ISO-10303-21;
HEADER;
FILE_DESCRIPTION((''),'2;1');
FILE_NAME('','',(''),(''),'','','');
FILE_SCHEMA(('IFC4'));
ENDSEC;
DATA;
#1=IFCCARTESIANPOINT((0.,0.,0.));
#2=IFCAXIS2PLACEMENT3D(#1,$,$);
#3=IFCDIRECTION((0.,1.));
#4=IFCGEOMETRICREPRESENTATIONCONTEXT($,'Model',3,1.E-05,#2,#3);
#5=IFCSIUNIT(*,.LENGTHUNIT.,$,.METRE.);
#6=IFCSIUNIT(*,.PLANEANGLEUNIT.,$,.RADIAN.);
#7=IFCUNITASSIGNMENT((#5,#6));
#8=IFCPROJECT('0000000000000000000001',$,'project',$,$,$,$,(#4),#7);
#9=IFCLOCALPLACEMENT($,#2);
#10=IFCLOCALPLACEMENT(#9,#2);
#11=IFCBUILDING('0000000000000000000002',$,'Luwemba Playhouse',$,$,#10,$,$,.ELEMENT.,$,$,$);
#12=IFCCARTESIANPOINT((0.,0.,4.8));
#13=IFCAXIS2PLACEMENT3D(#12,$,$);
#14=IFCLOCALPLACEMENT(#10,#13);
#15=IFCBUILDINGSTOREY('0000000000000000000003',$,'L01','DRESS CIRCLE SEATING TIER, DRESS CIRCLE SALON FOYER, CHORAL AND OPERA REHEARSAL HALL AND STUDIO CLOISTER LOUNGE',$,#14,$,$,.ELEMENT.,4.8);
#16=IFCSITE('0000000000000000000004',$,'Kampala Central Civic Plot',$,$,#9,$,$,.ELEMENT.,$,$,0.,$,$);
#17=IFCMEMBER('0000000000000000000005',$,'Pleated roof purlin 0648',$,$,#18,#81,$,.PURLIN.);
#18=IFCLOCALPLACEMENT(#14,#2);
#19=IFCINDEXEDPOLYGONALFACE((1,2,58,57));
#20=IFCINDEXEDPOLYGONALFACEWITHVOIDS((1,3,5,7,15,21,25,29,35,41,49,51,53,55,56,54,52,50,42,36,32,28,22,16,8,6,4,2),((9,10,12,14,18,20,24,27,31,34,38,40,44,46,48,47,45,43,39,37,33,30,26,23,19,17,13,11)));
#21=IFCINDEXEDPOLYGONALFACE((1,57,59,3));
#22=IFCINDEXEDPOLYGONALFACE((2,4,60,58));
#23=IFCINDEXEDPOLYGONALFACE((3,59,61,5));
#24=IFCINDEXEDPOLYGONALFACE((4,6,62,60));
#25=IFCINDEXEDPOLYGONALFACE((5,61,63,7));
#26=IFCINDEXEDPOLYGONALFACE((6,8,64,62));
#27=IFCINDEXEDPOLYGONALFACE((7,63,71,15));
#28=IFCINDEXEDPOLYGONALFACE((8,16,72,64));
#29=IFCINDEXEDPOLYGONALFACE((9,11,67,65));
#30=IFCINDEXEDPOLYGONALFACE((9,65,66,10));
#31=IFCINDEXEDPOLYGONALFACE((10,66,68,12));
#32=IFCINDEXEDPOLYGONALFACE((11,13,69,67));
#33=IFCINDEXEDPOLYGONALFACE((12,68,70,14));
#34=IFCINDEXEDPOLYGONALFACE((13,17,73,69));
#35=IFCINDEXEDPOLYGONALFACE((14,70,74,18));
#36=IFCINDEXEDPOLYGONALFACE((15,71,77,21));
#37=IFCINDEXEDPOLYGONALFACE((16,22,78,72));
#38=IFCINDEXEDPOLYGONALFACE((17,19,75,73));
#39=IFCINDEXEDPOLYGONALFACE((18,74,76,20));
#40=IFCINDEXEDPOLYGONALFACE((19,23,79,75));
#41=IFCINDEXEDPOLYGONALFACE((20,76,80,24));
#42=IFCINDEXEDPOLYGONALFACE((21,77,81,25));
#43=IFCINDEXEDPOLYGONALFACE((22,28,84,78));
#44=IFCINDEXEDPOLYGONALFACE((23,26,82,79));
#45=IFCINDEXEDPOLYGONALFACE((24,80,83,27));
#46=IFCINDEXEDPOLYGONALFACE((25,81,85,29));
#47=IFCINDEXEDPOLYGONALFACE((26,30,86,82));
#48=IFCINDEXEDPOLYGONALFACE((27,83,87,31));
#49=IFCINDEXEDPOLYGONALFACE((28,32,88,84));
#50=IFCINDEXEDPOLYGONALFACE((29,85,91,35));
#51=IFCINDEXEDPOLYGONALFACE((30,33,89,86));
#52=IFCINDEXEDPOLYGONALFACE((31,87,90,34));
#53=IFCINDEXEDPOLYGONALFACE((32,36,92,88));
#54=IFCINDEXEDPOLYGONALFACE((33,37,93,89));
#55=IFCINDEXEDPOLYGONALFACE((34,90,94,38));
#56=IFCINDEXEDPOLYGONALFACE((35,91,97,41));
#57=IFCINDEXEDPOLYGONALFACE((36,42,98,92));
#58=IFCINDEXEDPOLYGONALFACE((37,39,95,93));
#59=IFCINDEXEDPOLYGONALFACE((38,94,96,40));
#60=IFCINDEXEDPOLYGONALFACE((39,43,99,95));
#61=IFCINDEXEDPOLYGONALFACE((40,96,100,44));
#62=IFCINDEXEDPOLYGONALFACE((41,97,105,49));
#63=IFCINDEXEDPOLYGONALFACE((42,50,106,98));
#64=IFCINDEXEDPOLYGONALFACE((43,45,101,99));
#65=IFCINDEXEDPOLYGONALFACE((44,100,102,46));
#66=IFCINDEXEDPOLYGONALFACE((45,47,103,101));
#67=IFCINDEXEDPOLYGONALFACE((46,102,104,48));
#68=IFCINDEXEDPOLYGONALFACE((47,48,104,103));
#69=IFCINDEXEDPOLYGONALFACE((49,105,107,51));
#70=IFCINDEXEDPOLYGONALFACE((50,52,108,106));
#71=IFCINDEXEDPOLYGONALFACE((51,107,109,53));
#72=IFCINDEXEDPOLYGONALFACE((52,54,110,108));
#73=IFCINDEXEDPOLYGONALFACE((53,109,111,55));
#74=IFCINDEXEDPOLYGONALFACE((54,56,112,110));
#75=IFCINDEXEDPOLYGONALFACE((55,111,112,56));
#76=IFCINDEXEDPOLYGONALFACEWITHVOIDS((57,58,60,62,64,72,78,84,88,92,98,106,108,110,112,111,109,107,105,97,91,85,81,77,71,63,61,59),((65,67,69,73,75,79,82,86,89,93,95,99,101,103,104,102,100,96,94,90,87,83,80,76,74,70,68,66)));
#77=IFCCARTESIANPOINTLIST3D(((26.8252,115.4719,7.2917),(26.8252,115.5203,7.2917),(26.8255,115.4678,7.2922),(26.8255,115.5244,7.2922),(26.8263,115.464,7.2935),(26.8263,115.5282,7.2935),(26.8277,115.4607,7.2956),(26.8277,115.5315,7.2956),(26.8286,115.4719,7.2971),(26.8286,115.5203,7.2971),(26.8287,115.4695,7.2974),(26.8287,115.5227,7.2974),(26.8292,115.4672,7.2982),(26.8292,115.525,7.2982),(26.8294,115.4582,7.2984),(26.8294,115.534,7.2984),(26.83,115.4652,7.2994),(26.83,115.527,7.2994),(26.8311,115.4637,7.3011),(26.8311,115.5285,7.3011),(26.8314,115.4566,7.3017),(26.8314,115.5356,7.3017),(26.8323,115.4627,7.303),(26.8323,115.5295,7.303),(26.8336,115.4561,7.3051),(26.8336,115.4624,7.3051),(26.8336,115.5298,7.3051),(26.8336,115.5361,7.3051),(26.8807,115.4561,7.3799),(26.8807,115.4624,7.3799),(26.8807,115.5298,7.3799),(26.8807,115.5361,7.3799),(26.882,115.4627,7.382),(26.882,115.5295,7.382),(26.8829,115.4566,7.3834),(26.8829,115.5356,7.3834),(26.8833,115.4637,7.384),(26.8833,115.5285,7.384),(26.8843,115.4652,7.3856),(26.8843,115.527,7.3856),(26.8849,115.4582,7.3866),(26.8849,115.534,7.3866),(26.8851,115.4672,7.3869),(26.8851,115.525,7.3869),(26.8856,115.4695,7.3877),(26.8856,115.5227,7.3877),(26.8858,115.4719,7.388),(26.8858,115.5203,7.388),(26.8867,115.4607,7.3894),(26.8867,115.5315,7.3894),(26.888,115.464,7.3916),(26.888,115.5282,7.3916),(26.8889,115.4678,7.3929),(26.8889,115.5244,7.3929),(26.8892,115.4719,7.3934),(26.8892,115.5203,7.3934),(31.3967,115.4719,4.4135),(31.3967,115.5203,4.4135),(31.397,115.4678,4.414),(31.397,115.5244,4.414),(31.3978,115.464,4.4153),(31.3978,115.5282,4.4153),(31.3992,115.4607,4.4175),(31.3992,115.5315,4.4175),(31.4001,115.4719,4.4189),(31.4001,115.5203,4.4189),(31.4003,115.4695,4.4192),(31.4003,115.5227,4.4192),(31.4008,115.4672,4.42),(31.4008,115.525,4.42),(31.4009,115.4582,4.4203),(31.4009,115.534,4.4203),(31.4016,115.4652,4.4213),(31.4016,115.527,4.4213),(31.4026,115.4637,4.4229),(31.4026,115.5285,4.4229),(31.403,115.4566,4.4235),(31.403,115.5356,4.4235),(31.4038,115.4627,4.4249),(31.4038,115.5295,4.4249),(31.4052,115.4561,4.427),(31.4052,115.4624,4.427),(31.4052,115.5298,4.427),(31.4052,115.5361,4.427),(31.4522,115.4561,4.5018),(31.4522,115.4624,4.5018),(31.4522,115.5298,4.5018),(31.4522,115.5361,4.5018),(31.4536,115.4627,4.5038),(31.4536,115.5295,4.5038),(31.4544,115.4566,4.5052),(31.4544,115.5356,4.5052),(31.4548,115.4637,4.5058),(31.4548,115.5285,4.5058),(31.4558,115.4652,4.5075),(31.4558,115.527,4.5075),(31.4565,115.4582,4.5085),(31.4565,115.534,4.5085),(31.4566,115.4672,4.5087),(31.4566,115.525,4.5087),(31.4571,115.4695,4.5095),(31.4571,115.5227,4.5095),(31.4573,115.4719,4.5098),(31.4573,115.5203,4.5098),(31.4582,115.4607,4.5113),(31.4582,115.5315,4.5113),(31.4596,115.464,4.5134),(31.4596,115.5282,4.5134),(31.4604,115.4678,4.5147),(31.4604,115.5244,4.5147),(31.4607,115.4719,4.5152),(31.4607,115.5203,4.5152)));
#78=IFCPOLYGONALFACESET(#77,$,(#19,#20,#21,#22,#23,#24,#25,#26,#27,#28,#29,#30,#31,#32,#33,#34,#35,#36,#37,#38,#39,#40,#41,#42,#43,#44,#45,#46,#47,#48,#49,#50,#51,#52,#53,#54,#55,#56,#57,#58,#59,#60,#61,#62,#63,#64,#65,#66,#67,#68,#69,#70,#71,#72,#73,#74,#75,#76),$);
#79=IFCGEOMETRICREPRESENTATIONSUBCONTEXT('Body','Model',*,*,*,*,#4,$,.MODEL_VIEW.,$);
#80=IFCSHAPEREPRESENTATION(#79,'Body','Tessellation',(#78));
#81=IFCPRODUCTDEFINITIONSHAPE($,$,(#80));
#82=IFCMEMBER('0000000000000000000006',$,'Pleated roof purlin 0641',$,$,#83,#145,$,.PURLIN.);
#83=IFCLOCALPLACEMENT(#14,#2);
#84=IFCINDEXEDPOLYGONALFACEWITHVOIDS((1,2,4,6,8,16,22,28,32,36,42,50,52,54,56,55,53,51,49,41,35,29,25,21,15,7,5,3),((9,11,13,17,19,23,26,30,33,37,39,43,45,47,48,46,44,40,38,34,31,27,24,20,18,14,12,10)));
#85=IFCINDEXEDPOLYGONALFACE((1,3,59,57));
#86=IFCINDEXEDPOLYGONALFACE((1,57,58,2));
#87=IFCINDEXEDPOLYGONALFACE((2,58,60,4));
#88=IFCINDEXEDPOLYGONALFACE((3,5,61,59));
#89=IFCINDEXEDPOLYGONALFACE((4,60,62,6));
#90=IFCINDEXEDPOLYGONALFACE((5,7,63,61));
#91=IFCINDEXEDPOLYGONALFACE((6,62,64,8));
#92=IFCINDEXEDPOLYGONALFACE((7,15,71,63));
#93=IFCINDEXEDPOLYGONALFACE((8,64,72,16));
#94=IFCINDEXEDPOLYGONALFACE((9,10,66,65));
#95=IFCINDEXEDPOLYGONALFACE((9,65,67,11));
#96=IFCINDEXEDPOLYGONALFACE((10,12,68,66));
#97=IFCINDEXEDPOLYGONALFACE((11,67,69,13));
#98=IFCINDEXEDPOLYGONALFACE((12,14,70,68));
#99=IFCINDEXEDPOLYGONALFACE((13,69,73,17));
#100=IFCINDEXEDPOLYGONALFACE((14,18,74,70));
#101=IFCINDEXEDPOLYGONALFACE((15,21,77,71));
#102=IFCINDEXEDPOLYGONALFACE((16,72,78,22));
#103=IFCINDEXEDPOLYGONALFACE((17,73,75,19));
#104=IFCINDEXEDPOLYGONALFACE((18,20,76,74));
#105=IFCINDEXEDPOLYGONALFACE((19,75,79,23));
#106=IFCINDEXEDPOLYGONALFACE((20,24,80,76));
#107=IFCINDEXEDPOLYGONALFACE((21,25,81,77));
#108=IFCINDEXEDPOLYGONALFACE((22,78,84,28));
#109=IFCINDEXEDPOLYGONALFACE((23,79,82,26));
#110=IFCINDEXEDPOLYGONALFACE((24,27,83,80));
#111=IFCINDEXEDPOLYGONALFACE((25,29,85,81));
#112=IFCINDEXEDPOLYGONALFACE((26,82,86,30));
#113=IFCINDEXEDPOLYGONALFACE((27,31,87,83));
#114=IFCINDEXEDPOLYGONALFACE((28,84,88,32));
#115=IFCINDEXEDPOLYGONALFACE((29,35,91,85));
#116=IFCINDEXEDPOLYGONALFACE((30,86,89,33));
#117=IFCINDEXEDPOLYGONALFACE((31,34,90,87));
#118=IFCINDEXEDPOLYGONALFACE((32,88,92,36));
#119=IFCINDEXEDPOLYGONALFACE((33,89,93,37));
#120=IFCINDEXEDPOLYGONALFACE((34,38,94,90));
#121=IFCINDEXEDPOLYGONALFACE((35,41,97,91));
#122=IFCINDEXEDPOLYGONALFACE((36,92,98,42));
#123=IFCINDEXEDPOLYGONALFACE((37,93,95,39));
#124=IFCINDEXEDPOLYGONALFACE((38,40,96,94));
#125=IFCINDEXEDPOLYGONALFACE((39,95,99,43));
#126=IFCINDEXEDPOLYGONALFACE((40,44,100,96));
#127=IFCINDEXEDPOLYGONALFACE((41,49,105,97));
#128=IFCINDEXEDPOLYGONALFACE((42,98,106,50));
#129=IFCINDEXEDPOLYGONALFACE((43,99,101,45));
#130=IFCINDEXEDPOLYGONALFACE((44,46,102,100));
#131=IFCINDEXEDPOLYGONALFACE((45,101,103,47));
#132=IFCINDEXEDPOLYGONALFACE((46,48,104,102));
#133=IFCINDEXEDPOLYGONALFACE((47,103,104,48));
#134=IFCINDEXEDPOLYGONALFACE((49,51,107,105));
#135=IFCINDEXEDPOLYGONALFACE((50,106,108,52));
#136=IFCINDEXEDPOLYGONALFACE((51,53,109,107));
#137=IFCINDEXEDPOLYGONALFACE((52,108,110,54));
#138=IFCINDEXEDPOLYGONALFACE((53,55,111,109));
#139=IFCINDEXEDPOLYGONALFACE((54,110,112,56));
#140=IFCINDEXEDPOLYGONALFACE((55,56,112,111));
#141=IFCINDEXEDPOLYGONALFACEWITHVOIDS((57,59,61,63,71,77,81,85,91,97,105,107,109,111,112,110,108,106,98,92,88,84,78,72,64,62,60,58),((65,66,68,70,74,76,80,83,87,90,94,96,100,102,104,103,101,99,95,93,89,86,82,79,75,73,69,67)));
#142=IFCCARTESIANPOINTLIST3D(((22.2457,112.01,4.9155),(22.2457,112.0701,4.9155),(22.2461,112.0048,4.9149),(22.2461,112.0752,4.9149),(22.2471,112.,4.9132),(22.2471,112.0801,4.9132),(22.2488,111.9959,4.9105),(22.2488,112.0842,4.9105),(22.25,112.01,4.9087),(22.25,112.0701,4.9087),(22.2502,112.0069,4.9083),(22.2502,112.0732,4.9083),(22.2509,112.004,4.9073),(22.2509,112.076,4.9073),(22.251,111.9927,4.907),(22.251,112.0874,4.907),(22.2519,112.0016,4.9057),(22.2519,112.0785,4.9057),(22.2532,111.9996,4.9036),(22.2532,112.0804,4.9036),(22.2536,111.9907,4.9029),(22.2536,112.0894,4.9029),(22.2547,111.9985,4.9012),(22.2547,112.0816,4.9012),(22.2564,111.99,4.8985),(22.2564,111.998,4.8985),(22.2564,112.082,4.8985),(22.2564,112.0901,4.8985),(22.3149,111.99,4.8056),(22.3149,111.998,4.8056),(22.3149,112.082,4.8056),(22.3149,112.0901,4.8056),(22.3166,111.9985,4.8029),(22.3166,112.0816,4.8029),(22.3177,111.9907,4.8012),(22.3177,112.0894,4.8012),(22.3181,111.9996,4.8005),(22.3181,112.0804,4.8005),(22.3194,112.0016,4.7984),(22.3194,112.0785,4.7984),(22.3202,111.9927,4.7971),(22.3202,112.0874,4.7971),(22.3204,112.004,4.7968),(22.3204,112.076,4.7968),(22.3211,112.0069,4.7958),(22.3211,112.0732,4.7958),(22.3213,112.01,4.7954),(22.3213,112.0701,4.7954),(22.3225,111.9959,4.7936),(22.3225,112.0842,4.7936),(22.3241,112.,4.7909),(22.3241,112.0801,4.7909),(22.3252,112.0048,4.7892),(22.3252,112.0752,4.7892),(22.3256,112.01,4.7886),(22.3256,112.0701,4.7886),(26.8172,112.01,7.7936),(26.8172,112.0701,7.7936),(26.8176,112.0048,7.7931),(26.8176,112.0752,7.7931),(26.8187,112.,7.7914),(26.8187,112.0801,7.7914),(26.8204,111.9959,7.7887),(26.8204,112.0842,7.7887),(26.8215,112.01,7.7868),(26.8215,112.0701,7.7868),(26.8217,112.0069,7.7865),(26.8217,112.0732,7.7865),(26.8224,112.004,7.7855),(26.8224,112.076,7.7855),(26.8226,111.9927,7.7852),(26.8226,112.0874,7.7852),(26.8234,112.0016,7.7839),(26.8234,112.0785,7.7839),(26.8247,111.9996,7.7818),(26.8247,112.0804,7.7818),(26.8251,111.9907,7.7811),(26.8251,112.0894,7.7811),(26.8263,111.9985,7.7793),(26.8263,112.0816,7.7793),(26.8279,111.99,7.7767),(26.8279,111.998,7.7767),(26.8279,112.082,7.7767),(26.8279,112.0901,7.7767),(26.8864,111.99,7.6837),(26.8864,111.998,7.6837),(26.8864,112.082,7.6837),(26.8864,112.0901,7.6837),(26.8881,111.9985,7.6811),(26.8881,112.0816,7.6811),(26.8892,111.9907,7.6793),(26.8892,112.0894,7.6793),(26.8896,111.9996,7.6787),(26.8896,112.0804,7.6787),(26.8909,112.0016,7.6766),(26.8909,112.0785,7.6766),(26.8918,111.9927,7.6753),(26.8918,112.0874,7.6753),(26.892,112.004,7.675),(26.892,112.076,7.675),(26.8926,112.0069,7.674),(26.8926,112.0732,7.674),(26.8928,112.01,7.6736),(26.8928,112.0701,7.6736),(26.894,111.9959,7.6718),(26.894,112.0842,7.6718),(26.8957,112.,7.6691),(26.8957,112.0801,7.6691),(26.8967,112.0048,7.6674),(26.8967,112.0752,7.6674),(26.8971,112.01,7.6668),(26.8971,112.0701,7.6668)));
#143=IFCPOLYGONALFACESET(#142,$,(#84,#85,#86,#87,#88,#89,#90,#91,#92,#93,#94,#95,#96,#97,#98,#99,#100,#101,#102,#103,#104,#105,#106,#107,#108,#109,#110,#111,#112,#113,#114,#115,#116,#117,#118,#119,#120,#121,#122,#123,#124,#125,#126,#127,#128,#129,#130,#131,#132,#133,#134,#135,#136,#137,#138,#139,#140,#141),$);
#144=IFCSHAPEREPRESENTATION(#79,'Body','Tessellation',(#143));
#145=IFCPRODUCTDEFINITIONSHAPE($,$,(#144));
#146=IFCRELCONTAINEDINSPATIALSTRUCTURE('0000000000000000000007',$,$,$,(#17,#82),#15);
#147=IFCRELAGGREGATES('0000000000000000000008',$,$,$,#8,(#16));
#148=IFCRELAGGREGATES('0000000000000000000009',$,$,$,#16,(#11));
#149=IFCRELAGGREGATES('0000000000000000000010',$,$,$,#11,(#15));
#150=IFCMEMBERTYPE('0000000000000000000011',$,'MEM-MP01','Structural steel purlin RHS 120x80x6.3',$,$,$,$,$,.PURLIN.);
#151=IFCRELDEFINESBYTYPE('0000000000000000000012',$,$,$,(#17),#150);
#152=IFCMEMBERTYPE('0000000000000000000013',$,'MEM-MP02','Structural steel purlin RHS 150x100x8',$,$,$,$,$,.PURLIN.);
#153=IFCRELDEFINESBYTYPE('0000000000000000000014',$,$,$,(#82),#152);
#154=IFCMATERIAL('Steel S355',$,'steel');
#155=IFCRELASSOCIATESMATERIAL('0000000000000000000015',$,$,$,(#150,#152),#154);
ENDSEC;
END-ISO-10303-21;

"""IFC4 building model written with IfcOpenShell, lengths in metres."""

from ifc_helpers import new_model, si_unit, direction, frame, origin, origin_2d, place, context, subcontext, project, spatial, hollow_rectangle, extrude, material, material_profile, profile_set, type_object, element, save


model = new_model("IFC4")

# Units and contexts
model_context = context("Model", 3, precision=1e-05, world=origin(), true_north=direction((0.0, 1.0)))
body_context = subcontext(model_context, "Body", "Model", "MODEL_VIEW")
ifc_project = project(units=[si_unit("LENGTHUNIT", "METRE"), si_unit("PLANEANGLEUNIT", "RADIAN")], contexts=[model_context])

# Site, building, storey
site_placement = place(None, origin())
site = spatial("IfcSite", under=ifc_project, at=site_placement, Name="Kampala Central Civic Plot", CompositionType="ELEMENT", RefElevation=0.0)
building_placement = place(site_placement, origin())
building = spatial("IfcBuilding", under=site, at=building_placement, Name="Luwemba Playhouse", CompositionType="ELEMENT")
storey_placement = place(building_placement, frame((0.0, 0.0, 4.8)))
storey = spatial("IfcBuildingStorey", under=building, at=storey_placement, Name="L01", Description="DRESS CIRCLE SEATING TIER, DRESS CIRCLE SALON FOYER, CHORAL AND OPERA REHEARSAL HALL AND STUDIO CLOISTER LOUNGE", CompositionType="ELEMENT", Elevation=4.8)

# Shared definitions
ifc_material_1 = material(Name="Steel S355", Category="steel")

# Members
ifc_material_profile_1 = material_profile(ifc_material_1, hollow_rectangle(XDim=0.0801, YDim=0.1201, WallThickness=0.0063, InnerFilletRadius=0.0095, OuterFilletRadius=0.0159, at=origin_2d()))
ifc_profile_set_1 = profile_set([ifc_material_profile_1], Name="Steel S355")
member_type_1 = type_object("IfcMemberType", Name="MEM-MP01", Description="Structural steel purlin RHS 120x80x6.3", PredefinedType="PURLIN", material=ifc_profile_set_1)
for number, where, z_axis, x_axis, name in (
    (1, (26.8572, 115.4961, 7.3425), (0.846249, 0.0, -0.532787), (0.0, 1.0, 0.0), "Pleated roof purlin 0648"),
):
    element("IfcMember", number, at=place(storey_placement, frame(where, z_axis=z_axis, x_axis=x_axis)), inside=storey, type_object=member_type_1, Name=name, PredefinedType="PURLIN", context=body_context, shape_type="SweptSolid", body=[
        extrude(hollow_rectangle(XDim=0.0801, YDim=0.1201, WallThickness=0.0063, InnerFilletRadius=0.0095, OuterFilletRadius=0.0159, at=origin_2d()), origin(), (0.0, 0.0, 1.0), 5.4021),
    ])
ifc_material_profile_2 = material_profile(ifc_material_1, hollow_rectangle(XDim=0.1001, YDim=0.1499, WallThickness=0.0081, InnerFilletRadius=0.012, OuterFilletRadius=0.02, at=origin_2d()))
ifc_profile_set_2 = profile_set([ifc_material_profile_2], Name="Steel S355")
member_type_2 = type_object("IfcMemberType", Name="MEM-MP02", Description="Structural steel purlin RHS 150x100x8", PredefinedType="PURLIN", material=ifc_profile_set_2)
member_1_placement = place(storey_placement, frame((22.2856, 112.04, 4.8521), z_axis=(0.846249, 0.0, 0.532787), x_axis=(0.0, 1.0, 0.0)))
element("IfcMember", 2, at=member_1_placement, inside=storey, type_object=member_type_2, Name="Pleated roof purlin 0641", PredefinedType="PURLIN", context=body_context, shape_type="SweptSolid", body=[
    extrude(hollow_rectangle(XDim=0.1001, YDim=0.1499, WallThickness=0.0081, InnerFilletRadius=0.012, OuterFilletRadius=0.02, at=origin_2d()), origin(), (0.0, 0.0, 1.0), 5.4021),
])

save(model, "model.ifc")
